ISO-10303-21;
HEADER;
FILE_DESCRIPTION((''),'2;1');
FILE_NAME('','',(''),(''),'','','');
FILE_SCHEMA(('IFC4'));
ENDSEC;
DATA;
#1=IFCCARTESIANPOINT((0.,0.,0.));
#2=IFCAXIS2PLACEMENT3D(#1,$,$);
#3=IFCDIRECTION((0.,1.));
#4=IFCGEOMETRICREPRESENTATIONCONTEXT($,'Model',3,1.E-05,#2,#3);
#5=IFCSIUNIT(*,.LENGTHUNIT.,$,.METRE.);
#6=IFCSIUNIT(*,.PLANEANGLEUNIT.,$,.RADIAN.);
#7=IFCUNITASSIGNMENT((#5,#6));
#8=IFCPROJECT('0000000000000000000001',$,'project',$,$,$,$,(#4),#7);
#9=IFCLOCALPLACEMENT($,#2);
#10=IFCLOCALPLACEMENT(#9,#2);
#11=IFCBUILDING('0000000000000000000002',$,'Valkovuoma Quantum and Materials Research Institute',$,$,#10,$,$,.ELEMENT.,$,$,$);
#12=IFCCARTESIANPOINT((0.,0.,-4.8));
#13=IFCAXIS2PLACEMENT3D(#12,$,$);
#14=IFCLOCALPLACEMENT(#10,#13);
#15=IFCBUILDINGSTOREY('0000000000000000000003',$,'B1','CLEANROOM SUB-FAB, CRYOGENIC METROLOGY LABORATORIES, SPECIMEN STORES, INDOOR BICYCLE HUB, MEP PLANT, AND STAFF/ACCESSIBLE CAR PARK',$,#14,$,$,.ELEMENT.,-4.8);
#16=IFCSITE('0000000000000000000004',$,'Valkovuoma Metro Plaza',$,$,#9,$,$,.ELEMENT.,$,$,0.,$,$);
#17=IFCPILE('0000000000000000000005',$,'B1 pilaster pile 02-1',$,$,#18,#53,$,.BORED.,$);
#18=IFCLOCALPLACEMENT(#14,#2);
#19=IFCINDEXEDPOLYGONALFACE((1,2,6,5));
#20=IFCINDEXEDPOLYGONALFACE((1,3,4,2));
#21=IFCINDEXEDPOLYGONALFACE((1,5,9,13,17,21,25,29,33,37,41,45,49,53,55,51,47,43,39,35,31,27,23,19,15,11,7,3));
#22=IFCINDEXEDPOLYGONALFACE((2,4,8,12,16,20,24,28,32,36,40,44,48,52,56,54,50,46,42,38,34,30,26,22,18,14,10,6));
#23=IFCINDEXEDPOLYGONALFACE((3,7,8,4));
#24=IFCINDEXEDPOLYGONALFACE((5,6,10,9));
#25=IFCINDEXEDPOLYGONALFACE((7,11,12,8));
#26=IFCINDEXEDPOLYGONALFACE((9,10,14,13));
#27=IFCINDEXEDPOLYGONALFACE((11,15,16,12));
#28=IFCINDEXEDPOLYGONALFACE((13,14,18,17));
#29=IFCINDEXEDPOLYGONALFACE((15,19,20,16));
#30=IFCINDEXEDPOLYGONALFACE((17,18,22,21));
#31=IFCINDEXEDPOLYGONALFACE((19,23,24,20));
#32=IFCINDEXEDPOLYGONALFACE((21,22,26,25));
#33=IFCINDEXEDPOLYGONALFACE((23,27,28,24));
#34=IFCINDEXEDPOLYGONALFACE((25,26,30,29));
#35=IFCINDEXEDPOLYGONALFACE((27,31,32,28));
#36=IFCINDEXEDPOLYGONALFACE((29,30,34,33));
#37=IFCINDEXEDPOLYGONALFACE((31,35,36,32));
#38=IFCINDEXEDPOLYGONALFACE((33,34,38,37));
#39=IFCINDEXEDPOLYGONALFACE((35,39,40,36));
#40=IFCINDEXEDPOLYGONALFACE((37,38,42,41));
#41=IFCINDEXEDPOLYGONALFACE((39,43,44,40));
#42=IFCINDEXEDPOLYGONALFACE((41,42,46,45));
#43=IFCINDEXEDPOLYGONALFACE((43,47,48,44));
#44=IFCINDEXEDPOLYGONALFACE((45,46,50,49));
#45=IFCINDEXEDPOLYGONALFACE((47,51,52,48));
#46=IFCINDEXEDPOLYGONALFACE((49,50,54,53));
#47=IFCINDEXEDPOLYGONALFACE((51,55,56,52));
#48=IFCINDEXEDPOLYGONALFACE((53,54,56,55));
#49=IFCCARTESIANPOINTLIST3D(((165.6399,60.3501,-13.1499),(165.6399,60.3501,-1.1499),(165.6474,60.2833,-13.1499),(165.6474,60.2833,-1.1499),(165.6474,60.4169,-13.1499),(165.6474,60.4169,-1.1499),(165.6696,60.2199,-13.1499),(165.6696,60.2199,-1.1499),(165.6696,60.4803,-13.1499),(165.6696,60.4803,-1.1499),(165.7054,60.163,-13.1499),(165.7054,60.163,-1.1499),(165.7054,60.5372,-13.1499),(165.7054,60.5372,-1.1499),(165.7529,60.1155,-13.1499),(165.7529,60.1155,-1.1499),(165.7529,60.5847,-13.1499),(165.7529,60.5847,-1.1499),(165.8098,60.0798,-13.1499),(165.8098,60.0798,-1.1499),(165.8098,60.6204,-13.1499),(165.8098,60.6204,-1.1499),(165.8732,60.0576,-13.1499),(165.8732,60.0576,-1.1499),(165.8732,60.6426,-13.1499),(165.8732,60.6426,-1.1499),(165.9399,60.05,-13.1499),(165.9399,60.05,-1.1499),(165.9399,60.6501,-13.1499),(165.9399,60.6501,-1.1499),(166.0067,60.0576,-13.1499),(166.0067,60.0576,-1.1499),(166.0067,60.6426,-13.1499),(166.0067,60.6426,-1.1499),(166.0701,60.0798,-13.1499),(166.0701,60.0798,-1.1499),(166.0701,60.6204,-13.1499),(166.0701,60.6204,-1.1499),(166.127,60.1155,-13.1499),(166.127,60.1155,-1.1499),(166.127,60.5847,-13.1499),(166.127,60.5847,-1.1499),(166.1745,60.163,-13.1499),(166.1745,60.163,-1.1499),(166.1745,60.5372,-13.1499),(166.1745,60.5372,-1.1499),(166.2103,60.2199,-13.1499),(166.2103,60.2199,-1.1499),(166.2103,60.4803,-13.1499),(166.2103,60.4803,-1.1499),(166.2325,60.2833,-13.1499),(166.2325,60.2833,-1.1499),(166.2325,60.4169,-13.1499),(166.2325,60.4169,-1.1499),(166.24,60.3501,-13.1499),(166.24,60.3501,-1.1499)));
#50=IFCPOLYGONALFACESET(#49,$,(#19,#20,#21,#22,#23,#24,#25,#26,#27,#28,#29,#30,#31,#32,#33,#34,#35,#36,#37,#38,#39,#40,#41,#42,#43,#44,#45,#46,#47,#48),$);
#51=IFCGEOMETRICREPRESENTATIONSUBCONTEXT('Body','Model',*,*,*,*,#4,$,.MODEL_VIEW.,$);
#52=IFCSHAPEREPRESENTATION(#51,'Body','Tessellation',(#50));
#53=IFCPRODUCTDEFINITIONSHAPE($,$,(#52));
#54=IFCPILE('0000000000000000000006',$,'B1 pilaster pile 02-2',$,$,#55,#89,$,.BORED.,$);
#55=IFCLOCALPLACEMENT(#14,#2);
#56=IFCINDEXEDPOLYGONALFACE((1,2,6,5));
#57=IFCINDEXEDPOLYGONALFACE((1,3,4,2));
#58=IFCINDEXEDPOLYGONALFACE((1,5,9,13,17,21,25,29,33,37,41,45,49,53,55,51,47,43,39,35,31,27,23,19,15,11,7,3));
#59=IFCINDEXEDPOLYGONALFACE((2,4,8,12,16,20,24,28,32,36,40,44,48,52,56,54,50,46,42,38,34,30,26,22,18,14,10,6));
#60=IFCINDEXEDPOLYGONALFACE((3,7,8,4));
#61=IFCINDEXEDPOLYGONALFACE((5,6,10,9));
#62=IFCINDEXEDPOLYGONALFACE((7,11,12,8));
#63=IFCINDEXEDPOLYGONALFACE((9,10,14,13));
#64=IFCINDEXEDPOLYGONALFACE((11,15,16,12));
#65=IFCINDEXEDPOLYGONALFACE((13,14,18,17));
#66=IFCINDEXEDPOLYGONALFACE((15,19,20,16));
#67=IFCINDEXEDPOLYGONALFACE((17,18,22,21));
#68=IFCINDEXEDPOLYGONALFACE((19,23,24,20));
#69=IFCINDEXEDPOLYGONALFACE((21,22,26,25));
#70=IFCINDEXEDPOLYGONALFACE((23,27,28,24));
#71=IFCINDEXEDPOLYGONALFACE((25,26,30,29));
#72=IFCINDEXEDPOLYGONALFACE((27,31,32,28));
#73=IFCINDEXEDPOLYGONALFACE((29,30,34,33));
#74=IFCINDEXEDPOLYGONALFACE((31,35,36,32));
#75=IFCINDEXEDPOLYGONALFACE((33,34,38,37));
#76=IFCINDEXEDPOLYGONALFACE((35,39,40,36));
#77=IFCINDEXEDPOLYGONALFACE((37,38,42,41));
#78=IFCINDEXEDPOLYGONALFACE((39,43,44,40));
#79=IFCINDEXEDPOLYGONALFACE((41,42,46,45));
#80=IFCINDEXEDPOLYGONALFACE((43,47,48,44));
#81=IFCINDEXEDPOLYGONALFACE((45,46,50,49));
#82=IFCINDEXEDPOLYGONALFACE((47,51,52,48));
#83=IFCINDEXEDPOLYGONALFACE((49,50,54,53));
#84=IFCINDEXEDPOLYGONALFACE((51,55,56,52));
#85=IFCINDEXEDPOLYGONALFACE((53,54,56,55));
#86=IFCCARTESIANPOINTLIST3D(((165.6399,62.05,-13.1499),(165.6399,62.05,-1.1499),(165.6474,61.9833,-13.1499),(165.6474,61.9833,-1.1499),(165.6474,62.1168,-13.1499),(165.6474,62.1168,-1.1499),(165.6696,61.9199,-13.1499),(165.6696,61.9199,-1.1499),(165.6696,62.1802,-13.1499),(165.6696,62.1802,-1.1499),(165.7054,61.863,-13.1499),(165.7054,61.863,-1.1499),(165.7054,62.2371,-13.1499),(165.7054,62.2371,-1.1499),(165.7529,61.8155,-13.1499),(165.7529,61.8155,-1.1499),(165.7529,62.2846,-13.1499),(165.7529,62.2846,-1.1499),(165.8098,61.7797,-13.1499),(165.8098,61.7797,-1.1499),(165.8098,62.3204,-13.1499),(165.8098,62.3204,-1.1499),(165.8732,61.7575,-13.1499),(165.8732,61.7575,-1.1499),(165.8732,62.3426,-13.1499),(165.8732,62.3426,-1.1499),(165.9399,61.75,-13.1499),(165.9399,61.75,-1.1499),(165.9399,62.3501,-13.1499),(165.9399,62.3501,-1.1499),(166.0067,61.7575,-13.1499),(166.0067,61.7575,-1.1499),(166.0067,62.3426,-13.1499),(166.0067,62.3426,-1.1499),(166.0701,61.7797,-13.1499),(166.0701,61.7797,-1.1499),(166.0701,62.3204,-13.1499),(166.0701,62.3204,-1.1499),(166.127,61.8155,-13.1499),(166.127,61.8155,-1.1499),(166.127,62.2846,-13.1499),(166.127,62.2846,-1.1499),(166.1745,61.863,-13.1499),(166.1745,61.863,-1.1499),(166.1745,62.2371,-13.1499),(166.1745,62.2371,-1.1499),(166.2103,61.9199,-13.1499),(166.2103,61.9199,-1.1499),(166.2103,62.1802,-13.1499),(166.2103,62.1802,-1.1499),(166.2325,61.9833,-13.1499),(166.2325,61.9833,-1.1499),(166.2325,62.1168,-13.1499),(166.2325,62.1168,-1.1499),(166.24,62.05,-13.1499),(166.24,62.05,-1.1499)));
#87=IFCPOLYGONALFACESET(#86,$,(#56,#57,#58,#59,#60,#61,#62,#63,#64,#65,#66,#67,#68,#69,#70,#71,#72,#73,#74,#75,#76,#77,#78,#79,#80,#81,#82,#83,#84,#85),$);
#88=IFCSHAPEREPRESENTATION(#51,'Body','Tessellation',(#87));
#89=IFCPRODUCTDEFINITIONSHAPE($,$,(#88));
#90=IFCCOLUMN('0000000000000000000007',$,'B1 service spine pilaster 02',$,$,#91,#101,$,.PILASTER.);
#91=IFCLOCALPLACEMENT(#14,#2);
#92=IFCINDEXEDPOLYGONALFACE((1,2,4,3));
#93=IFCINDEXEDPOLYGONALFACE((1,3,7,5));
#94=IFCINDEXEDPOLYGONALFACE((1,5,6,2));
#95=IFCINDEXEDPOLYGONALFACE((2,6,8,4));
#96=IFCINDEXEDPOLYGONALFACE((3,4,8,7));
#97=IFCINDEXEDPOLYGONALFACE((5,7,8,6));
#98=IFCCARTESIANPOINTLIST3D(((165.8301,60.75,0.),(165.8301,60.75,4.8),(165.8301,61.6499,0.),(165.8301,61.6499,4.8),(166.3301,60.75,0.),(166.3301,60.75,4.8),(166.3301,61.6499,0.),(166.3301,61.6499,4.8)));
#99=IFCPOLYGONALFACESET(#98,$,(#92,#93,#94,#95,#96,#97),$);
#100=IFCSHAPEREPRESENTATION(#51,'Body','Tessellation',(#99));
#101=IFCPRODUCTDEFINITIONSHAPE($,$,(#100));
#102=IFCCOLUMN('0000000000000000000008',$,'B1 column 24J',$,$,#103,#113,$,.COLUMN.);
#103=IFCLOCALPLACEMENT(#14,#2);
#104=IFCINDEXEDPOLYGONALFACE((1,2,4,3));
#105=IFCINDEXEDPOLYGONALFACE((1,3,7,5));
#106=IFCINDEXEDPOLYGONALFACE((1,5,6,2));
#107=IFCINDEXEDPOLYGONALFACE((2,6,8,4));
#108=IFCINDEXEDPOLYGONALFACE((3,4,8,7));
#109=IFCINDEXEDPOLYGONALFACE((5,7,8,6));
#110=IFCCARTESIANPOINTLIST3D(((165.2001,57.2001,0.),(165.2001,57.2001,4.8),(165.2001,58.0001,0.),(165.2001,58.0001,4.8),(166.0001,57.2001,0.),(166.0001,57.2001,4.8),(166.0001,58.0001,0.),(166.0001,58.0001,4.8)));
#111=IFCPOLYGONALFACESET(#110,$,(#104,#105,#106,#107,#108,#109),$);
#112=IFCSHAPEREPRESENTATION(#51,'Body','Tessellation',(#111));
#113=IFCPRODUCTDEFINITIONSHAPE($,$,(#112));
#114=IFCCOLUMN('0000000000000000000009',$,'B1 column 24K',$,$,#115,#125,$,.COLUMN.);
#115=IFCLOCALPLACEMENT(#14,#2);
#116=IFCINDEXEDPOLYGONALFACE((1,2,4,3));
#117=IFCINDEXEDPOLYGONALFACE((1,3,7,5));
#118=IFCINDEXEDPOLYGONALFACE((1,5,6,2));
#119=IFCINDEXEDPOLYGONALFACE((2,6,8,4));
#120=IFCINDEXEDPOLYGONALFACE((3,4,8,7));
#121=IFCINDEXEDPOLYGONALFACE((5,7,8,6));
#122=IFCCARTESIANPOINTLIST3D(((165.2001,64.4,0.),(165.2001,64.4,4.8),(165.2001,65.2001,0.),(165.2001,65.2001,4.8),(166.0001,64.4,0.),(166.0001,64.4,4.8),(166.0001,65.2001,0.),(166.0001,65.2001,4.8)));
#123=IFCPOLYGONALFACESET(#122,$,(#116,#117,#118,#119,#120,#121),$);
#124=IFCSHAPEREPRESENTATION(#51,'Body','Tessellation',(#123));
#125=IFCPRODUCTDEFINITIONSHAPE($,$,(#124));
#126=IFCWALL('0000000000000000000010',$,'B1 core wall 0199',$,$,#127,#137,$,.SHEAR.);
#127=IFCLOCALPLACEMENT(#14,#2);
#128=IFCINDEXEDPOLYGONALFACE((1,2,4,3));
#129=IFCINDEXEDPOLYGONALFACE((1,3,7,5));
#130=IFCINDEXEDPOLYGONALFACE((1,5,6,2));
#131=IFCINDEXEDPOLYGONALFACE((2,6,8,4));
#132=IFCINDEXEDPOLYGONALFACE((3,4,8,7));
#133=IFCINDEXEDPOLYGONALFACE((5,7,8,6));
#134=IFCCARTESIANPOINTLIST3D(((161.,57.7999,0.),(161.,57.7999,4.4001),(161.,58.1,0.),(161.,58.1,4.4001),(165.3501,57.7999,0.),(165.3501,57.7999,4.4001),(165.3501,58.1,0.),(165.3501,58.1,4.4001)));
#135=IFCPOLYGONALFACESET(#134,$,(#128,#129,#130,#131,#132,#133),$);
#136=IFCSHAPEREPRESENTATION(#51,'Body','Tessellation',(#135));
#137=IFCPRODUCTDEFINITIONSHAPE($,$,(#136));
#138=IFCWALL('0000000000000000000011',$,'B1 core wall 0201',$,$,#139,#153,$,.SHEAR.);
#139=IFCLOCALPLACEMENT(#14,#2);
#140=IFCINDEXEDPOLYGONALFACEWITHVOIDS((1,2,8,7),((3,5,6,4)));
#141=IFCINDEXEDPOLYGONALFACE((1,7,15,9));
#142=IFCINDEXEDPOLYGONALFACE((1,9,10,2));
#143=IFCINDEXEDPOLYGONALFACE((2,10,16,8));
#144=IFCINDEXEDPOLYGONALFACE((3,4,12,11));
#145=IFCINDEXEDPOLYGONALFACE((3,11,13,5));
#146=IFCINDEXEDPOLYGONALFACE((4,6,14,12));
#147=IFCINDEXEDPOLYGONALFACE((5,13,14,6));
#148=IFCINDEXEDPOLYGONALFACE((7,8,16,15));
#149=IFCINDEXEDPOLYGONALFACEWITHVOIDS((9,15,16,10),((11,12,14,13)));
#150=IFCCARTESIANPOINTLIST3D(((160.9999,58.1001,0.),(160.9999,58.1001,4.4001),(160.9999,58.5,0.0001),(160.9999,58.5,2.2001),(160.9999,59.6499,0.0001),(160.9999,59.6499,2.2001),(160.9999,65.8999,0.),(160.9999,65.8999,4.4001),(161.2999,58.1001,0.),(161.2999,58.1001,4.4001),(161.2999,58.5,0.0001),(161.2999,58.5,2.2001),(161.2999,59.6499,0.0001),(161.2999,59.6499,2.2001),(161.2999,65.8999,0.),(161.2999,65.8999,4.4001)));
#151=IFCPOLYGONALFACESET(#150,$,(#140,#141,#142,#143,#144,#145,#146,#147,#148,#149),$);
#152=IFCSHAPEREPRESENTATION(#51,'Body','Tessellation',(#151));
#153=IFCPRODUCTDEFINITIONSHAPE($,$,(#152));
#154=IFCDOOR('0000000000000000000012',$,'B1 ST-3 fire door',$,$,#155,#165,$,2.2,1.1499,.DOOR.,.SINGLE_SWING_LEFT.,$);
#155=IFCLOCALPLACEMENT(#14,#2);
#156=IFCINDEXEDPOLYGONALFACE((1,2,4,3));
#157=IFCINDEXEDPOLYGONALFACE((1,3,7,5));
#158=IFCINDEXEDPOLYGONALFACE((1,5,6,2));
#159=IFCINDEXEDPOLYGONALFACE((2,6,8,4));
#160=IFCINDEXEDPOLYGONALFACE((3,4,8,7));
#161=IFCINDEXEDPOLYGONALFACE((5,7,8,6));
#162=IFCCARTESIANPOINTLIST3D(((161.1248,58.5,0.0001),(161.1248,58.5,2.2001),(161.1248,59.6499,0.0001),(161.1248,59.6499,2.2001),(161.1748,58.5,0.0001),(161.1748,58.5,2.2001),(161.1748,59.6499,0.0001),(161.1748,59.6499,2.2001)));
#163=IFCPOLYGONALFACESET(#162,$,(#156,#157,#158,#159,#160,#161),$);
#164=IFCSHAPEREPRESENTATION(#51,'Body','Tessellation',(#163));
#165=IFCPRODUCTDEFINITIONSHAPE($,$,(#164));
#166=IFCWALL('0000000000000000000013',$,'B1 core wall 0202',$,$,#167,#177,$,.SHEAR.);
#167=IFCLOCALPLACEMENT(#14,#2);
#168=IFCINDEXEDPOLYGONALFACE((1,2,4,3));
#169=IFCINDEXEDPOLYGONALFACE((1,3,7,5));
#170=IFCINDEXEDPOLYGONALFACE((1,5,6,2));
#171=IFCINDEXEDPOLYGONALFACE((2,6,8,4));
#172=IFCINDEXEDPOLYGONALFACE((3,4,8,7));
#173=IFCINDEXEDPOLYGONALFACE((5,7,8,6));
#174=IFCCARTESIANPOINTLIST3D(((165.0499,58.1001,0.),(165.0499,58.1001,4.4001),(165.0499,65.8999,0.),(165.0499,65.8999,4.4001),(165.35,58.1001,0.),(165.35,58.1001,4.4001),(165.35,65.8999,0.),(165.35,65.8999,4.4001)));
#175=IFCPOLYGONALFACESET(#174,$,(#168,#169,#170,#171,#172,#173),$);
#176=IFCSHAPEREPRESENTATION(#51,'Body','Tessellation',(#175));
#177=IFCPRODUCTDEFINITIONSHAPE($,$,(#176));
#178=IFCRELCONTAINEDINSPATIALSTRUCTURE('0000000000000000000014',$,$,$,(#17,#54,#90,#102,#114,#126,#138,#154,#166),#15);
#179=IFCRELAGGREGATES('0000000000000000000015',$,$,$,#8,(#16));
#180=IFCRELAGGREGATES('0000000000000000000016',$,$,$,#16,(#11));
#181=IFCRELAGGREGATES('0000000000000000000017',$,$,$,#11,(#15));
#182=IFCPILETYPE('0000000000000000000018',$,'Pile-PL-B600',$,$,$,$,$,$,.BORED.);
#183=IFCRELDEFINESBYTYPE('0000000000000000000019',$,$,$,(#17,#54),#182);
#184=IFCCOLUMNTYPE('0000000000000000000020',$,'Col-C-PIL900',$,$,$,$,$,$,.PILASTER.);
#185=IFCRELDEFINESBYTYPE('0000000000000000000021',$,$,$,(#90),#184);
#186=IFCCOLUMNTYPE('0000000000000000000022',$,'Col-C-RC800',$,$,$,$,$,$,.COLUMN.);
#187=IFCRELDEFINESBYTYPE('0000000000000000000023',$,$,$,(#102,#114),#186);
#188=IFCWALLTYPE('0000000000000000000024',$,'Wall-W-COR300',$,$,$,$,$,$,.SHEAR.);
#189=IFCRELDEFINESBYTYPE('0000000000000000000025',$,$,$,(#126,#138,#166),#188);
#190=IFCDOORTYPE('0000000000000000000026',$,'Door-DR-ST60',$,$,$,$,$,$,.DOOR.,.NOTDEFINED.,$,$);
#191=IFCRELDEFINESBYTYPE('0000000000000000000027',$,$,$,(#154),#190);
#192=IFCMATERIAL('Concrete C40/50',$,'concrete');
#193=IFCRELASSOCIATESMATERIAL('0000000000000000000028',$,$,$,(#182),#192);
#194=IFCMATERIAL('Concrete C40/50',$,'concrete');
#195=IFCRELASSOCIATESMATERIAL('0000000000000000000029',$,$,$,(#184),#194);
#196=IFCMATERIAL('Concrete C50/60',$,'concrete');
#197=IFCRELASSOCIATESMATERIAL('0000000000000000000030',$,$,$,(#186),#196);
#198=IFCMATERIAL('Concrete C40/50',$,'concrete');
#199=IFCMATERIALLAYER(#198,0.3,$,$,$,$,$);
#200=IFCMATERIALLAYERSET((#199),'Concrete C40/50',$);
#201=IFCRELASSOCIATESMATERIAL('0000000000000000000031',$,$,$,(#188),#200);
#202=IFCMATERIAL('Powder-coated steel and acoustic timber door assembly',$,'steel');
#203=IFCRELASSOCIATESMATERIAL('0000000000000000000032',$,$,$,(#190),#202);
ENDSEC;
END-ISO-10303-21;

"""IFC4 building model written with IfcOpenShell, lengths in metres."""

from ifc_helpers import new_model, si_unit, direction, frame, frame_2d, origin, origin_2d, place, context, subcontext, project, spatial, rectangle, circle, extrude, material, layer, layer_set, material_profile, profile_set, type_object, element, fill, save


model = new_model("IFC4")

# Units and contexts
model_context = context("Model", 3, precision=1e-05, world=origin(), true_north=direction((0.0, 1.0)))
body_context = subcontext(model_context, "Body", "Model", "MODEL_VIEW")
ifc_project = project(units=[si_unit("LENGTHUNIT", "METRE"), si_unit("PLANEANGLEUNIT", "RADIAN")], contexts=[model_context])

# Site, building, storey
site_placement = place(None, origin())
site = spatial("IfcSite", under=ifc_project, at=site_placement, Name="Valkovuoma Metro Plaza", CompositionType="ELEMENT", RefElevation=0.0)
building_placement = place(site_placement, origin())
building = spatial("IfcBuilding", under=site, at=building_placement, Name="Valkovuoma Quantum and Materials Research Institute", CompositionType="ELEMENT")
storey_placement = place(building_placement, frame((0.0, 0.0, -4.8)))
storey = spatial("IfcBuildingStorey", under=building, at=storey_placement, Name="B1", Description="CLEANROOM SUB-FAB, CRYOGENIC METROLOGY LABORATORIES, SPECIMEN STORES, INDOOR BICYCLE HUB, MEP PLANT, AND STAFF/ACCESSIBLE CAR PARK", CompositionType="ELEMENT", Elevation=-4.8)

# Piles
ifc_material_1 = material(Name="Concrete C40/50", Category="concrete")
ifc_material_profile_1 = material_profile(ifc_material_1, circle(Radius=0.3, at=origin_2d()), Name="Concrete C40/50")
ifc_profile_set_1 = profile_set([ifc_material_profile_1], Name="Concrete C40/50")
pile_type = type_object("IfcPileType", Name="Pile-PL-B600", PredefinedType="BORED", material=ifc_profile_set_1)
for number, where, z_axis, x_axis, name in (
    (1, (165.9399, 60.3501, -1.1499), (0.0, 0.0, -1.0), (1.0, 0.0, 0.0), "B1 pilaster pile 02-1"),
    (2, (165.9399, 62.05, -1.1499), (0.0, 0.0, -1.0), (1.0, 0.0, 0.0), "B1 pilaster pile 02-2"),
):
    element("IfcPile", number, at=place(storey_placement, frame(where, z_axis=z_axis, x_axis=x_axis)), inside=storey, type_object=pile_type, Name=name, PredefinedType="BORED", context=body_context, shape_type="SweptSolid", body=[
        extrude(circle(Radius=0.3, at=origin_2d()), origin(), (0.0, 0.0, 1.0), 12.0),
    ])

# Columns
ifc_material_2 = material(Name="Concrete C40/50", Category="concrete")
ifc_material_profile_2 = material_profile(ifc_material_2, rectangle(XDim=0.5, YDim=0.8999, at=origin_2d()), Name="Concrete C40/50")
ifc_profile_set_2 = profile_set([ifc_material_profile_2], Name="Concrete C40/50")
column_type_1 = type_object("IfcColumnType", Name="Col-C-PIL900", PredefinedType="PILASTER", material=ifc_profile_set_2)
column_placement = place(storey_placement, frame((166.0801, 61.2, 0.0), z_axis=(0.0, 0.0, 1.0), x_axis=(1.0, 0.0, 0.0)))
element("IfcColumn", 3, at=column_placement, inside=storey, type_object=column_type_1, Name="B1 service spine pilaster 02", PredefinedType="PILASTER", context=body_context, shape_type="SweptSolid", body=[
    extrude(rectangle(XDim=0.5, YDim=0.8999, at=origin_2d()), origin(), (0.0, 0.0, 1.0), 4.8),
])
ifc_material_3 = material(Name="Concrete C50/60", Category="concrete")
ifc_material_profile_3 = material_profile(ifc_material_3, rectangle(XDim=0.8, YDim=0.8, at=origin_2d()), Name="Concrete C50/60")
ifc_profile_set_3 = profile_set([ifc_material_profile_3], Name="Concrete C50/60")
column_type_2 = type_object("IfcColumnType", Name="Col-C-RC800", PredefinedType="COLUMN", material=ifc_profile_set_3)
for number, where, z_axis, x_axis, name in (
    (4, (165.6001, 57.6001, 0.0), (0.0, 0.0, 1.0), (1.0, 0.0, 0.0), "B1 column 24J"),
    (5, (165.6001, 64.8, 0.0), (0.0, 0.0, 1.0), (1.0, 0.0, 0.0), "B1 column 24K"),
):
    element("IfcColumn", number, at=place(storey_placement, frame(where, z_axis=z_axis, x_axis=x_axis)), inside=storey, type_object=column_type_2, Name=name, PredefinedType="COLUMN", context=body_context, shape_type="SweptSolid", body=[
        extrude(rectangle(XDim=0.8, YDim=0.8, at=origin_2d()), origin(), (0.0, 0.0, 1.0), 4.8),
    ])

# Wall
ifc_material_4 = material(Name="Concrete C40/50", Category="concrete")
ifc_layer = layer(ifc_material_4, 0.3)
ifc_layer_set = layer_set([ifc_layer], Name="Concrete C40/50")
wall_type = type_object("IfcWallType", Name="Wall-W-COR300", PredefinedType="SHEAR", material=ifc_layer_set)
wall_1_placement = place(storey_placement, frame((161.0, 57.95, 0.0), z_axis=(0.0, 0.0, 1.0), x_axis=(1.0, 0.0, 0.0)))
element("IfcWall", 6, at=wall_1_placement, inside=storey, type_object=wall_type, Name="B1 core wall 0199", PredefinedType="SHEAR", context=body_context, shape_type="SweptSolid", body=[
    extrude(rectangle(XDim=4.3501, YDim=0.3, at=frame_2d((2.175, 0.0))), origin(), (0.0, 0.0, 1.0), 4.4001),
])

# Wall, opening, door
wall_2_placement = place(storey_placement, frame((161.1499, 58.1001, 0.0), z_axis=(0.0, 0.0, 1.0), x_axis=(0.0, 1.0, 0.0)))
wall_2 = element("IfcWall", 7, at=wall_2_placement, inside=storey, type_object=wall_type, Name="B1 core wall 0201", PredefinedType="SHEAR", context=body_context, shape_type="SweptSolid", body=[
    extrude(rectangle(XDim=7.7998, YDim=0.3, at=frame_2d((3.8999, 0.0))), origin(), (0.0, 0.0, 1.0), 4.4001),
])
opening_placement = place(wall_2_placement, frame((0.3999, 0.0, 0.0)))
opening = element("IfcOpeningElement", 8, at=opening_placement, cuts=wall_2, PredefinedType="OPENING", context=body_context, shape_type="SweptSolid", body=[
    extrude(rectangle(XDim=1.1499, YDim=2.2, at=frame_2d((0.575, 1.1001))), frame((0.0, 0.1602, 0.0), z_axis=(0.0, -1.0, 0.0), x_axis=(1.0, 0.0, 0.0)), (0.0, 0.0, 1.0), 0.3201),
])
ifc_material_5 = material(Name="Powder-coated steel and acoustic timber door assembly", Category="steel")
door_type = type_object("IfcDoorType", Name="Door-DR-ST60", OperationType="NOTDEFINED", PredefinedType="DOOR", material=ifc_material_5)
door_placement = place(opening_placement, frame((1.1499, 0.0, 0.0), z_axis=(0.0, 0.0, 1.0), x_axis=(-1.0, 0.0, 0.0)))
door = element("IfcDoor", 9, at=door_placement, inside=storey, type_object=door_type, Name="B1 ST-3 fire door", OperationType="SINGLE_SWING_LEFT", OverallHeight=2.2, OverallWidth=1.1499, PredefinedType="DOOR", context=body_context, shape_type="SweptSolid", body=[
    extrude(rectangle(XDim=1.1499, YDim=2.2, at=frame_2d((0.575, 1.1001))), frame((0.0, 0.0249, 0.0), z_axis=(0.0, -1.0, 0.0), x_axis=(1.0, 0.0, 0.0)), (0.0, 0.0, 1.0), 0.05),
])
fill(opening, door)

# Wall
wall_3_placement = place(storey_placement, frame((165.2, 58.1001, 0.0), z_axis=(0.0, 0.0, 1.0), x_axis=(0.0, 1.0, 0.0)))
element("IfcWall", 10, at=wall_3_placement, inside=storey, type_object=wall_type, Name="B1 core wall 0202", PredefinedType="SHEAR", context=body_context, shape_type="SweptSolid", body=[
    extrude(rectangle(XDim=7.7998, YDim=0.3, at=frame_2d((3.8999, 0.0))), origin(), (0.0, 0.0, 1.0), 4.4001),
])

save(model, "model.ifc")
